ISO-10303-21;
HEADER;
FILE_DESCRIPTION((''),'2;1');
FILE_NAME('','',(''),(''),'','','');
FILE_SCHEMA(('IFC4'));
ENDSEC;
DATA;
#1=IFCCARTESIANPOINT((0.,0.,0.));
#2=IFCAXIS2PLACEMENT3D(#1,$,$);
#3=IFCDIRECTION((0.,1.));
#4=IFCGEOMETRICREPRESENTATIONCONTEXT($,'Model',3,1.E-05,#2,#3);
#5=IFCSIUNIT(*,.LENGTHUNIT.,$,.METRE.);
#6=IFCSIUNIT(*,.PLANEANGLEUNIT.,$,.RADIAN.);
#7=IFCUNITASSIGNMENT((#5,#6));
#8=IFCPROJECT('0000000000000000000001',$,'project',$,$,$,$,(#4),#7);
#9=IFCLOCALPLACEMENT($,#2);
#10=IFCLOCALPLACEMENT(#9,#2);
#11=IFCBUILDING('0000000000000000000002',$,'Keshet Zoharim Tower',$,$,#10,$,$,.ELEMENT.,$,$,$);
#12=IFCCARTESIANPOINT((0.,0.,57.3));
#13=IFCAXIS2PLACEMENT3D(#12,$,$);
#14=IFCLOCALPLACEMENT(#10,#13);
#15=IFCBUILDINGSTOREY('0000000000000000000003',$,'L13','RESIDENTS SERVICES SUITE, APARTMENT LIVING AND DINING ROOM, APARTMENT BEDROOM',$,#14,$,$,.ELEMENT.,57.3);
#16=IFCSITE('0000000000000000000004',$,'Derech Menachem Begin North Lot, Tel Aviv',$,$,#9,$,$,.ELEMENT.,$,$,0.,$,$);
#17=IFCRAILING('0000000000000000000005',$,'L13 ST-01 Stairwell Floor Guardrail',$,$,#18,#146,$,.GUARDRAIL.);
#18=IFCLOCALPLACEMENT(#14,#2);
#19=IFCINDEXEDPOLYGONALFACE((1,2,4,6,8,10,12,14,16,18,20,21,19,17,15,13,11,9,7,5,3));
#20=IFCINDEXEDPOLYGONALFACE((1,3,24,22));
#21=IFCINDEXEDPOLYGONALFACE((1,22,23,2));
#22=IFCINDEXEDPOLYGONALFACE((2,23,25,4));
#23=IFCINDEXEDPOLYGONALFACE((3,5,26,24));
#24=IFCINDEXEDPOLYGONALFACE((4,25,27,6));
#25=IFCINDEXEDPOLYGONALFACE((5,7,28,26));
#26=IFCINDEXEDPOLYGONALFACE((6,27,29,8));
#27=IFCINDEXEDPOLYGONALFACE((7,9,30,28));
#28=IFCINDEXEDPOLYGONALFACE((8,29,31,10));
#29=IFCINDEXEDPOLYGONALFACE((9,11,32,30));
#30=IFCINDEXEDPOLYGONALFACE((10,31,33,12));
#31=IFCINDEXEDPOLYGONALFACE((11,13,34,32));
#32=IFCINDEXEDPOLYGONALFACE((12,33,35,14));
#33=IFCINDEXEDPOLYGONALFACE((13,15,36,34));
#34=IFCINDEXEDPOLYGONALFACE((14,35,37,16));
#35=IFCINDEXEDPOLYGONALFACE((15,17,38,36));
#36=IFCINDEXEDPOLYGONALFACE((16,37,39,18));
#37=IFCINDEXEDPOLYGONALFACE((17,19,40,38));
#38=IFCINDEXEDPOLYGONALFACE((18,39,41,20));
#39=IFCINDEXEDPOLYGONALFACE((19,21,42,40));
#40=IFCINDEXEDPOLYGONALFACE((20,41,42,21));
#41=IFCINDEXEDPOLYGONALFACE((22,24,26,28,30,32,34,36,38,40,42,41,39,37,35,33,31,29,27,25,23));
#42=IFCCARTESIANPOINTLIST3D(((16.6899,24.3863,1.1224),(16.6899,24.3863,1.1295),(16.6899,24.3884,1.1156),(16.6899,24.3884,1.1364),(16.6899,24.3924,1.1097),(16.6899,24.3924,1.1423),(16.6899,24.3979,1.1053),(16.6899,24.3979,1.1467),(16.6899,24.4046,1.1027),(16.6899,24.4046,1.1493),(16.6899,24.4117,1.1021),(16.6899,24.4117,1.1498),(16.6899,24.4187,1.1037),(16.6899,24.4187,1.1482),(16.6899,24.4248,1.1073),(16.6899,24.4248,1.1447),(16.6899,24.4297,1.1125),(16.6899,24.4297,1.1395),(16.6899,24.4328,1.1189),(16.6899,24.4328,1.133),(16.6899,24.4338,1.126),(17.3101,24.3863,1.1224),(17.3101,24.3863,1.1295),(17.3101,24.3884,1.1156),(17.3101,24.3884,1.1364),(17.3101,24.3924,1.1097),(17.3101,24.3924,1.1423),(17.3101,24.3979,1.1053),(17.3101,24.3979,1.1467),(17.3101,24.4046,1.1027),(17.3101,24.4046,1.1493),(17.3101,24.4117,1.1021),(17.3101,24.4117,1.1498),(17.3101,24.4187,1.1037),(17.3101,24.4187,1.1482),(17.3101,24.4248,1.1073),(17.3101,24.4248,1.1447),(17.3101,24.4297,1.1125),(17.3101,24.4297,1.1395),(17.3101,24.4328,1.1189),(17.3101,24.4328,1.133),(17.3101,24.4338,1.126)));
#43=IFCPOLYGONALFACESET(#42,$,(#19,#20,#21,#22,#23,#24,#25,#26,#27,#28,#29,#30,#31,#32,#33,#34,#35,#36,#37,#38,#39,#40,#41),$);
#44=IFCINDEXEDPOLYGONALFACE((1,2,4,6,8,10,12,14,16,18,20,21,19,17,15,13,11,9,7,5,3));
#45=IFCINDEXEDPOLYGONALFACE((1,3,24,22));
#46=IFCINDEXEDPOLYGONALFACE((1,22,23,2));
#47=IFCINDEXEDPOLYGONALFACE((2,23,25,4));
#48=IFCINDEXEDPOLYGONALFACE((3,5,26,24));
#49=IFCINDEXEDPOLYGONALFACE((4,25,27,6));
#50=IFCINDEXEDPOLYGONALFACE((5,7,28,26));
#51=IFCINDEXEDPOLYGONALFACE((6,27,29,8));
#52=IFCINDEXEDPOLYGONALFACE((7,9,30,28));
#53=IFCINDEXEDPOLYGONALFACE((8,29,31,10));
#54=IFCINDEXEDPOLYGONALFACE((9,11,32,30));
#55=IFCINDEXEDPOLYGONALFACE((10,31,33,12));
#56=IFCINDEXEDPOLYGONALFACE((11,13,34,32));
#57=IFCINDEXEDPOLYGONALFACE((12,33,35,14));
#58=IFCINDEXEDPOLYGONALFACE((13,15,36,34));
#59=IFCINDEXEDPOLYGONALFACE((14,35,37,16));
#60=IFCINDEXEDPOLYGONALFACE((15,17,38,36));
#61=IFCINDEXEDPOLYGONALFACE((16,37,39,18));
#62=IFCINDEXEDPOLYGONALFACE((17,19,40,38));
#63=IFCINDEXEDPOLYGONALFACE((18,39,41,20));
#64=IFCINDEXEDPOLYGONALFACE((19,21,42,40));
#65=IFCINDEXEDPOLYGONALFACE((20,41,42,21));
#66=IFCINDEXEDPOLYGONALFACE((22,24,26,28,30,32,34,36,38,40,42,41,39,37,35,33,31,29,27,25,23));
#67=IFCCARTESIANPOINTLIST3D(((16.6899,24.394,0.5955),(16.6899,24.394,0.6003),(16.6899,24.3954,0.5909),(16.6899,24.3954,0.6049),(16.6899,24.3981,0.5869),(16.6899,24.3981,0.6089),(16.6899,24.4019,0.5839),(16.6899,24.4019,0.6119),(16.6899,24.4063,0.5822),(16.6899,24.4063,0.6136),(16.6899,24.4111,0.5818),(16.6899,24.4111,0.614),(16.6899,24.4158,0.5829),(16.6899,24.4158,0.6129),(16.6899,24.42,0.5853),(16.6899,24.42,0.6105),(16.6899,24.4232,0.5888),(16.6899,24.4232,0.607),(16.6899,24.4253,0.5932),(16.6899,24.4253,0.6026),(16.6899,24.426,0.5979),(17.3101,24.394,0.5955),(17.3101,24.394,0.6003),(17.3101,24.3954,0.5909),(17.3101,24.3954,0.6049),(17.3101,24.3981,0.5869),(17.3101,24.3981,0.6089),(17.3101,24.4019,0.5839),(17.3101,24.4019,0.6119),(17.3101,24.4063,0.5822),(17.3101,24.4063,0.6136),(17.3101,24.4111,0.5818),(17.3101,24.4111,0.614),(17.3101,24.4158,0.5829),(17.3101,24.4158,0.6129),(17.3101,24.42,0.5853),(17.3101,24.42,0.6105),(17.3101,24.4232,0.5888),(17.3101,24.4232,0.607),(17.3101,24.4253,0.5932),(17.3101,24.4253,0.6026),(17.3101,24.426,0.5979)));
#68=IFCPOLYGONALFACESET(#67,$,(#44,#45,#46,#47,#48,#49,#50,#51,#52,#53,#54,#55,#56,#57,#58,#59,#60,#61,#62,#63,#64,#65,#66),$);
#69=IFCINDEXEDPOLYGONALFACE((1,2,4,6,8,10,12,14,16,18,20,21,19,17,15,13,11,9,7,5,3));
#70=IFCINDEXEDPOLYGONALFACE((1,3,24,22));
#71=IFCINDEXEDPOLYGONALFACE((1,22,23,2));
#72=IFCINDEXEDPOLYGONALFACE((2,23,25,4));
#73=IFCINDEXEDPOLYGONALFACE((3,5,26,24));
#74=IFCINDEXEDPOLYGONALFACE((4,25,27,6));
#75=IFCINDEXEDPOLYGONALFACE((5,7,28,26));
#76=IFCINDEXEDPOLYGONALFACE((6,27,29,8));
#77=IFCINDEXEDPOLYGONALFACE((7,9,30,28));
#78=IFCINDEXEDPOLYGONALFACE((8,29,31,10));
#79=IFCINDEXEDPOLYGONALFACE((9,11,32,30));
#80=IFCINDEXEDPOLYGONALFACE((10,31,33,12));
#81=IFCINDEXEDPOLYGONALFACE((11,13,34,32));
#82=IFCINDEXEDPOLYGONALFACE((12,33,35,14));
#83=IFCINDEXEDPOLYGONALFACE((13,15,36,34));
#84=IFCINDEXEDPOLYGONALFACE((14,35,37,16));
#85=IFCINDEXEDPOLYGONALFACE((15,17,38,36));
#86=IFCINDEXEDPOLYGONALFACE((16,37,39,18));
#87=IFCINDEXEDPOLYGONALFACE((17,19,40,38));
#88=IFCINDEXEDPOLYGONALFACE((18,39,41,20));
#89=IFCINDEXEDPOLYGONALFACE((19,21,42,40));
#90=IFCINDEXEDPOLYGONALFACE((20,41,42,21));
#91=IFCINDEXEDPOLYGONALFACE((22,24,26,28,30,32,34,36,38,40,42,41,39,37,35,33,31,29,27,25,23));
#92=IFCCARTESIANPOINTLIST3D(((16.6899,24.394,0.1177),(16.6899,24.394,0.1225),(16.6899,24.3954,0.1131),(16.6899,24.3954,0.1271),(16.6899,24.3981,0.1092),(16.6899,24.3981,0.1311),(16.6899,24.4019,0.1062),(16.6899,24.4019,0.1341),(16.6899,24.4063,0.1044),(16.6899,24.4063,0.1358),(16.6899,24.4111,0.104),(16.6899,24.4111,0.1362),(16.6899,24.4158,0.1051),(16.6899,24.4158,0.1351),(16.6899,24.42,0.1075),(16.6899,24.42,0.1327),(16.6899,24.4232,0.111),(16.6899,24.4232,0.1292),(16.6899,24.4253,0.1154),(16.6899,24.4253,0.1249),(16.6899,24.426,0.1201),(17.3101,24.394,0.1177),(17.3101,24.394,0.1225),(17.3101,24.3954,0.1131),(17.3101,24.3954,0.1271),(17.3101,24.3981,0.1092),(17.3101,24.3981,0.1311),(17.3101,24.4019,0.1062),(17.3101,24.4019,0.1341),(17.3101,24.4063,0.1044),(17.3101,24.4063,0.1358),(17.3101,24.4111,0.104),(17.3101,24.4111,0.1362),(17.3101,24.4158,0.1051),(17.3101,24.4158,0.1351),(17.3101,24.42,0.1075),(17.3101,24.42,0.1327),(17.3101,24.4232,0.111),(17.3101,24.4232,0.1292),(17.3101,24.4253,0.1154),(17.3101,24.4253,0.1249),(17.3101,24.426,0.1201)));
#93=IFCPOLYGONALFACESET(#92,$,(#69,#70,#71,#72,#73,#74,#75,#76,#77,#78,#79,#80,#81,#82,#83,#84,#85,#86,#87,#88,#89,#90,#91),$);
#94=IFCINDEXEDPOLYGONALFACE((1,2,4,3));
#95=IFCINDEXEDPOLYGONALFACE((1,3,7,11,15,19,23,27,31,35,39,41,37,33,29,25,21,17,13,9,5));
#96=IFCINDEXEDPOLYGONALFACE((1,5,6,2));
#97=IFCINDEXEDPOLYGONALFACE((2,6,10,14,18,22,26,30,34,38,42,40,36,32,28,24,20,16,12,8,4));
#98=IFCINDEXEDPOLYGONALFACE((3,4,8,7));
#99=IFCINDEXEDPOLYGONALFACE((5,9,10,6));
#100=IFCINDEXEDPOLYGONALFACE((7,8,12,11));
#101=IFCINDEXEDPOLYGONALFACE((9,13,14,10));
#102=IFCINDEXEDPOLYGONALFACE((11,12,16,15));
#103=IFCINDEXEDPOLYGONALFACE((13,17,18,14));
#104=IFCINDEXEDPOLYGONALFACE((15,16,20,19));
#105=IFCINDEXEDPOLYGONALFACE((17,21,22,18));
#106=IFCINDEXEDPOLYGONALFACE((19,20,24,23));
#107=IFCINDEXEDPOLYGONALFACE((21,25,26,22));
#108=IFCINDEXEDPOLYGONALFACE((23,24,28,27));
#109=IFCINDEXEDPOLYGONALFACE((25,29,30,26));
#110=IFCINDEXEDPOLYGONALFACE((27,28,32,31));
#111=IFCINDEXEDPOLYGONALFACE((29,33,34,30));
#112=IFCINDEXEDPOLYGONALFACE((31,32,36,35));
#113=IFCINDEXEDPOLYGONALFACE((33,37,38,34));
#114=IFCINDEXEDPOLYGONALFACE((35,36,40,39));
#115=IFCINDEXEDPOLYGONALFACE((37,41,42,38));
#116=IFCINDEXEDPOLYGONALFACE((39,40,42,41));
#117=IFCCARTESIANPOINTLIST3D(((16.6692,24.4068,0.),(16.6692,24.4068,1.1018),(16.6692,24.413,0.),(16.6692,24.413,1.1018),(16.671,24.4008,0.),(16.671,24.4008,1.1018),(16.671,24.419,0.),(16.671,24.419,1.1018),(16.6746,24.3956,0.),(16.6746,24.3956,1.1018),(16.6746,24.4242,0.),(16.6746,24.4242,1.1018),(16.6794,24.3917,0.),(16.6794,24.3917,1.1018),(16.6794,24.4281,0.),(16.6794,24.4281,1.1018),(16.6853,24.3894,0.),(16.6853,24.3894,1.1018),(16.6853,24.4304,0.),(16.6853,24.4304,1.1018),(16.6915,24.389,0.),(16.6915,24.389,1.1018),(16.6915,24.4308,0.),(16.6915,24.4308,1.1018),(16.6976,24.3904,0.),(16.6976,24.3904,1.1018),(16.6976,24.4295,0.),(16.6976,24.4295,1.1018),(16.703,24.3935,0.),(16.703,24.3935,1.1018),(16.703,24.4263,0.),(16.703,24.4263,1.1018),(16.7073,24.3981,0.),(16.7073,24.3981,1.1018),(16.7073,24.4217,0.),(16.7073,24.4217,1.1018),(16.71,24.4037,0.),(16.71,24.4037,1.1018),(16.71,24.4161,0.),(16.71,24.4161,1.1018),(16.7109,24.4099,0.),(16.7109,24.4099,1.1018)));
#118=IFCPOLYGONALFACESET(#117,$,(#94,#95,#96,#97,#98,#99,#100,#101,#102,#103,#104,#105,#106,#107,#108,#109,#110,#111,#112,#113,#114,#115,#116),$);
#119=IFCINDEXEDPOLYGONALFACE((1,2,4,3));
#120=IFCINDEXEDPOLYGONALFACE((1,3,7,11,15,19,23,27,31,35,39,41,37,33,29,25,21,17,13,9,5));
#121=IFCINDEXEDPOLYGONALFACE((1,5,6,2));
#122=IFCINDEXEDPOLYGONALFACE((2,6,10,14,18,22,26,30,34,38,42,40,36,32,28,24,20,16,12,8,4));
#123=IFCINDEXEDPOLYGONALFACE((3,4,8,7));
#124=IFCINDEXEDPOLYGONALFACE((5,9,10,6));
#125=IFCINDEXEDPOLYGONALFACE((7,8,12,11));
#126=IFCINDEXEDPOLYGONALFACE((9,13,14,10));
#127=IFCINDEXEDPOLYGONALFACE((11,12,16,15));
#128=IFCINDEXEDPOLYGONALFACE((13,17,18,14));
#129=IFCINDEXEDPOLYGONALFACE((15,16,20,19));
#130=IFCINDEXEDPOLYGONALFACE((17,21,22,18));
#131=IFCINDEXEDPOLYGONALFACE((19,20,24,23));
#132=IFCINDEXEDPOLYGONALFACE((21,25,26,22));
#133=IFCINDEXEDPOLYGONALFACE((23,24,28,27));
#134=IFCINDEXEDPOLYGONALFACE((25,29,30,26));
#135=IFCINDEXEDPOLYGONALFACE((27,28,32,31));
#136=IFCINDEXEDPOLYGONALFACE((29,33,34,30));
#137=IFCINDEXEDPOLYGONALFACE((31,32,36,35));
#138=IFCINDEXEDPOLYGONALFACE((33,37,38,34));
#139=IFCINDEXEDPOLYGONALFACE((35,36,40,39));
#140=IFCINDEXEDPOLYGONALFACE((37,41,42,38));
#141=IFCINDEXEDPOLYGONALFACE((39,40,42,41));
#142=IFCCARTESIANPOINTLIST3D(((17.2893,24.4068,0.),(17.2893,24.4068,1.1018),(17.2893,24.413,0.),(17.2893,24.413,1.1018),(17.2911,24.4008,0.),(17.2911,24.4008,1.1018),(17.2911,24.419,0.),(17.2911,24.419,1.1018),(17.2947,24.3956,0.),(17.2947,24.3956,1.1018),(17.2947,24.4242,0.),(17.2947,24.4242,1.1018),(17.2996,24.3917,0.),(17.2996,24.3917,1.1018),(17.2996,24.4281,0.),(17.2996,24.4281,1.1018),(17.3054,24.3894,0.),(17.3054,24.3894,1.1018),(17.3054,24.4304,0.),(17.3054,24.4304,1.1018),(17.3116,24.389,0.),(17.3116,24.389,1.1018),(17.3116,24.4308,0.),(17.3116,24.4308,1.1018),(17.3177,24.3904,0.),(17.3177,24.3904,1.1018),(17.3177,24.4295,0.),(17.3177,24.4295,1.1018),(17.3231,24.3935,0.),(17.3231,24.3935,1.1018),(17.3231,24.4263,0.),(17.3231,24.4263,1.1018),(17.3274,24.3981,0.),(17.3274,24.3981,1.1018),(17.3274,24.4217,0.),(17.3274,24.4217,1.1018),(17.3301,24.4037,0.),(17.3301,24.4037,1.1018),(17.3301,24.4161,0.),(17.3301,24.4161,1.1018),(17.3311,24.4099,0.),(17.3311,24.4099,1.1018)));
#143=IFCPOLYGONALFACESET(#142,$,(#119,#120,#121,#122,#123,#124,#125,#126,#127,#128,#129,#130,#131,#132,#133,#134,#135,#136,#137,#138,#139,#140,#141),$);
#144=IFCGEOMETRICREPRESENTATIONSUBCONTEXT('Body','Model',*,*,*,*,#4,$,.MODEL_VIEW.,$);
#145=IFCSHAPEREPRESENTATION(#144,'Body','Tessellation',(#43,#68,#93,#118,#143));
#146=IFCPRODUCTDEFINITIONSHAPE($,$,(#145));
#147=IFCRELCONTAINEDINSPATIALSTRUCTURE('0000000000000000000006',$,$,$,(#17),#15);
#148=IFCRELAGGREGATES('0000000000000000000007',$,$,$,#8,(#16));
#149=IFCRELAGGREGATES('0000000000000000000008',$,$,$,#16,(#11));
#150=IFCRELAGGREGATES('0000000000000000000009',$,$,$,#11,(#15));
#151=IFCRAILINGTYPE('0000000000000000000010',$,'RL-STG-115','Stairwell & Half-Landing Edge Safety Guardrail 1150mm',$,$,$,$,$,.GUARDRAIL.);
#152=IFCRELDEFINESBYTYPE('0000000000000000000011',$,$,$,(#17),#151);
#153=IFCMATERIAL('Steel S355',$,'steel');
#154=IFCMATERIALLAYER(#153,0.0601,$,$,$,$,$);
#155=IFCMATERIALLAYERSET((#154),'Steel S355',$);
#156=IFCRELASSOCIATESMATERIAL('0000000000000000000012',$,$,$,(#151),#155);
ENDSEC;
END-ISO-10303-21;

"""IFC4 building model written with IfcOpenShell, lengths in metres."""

from ifc_helpers import new_model, si_unit, direction, frame, origin, origin_2d, place, context, subcontext, project, spatial, circle, extrude, material, layer, layer_set, type_object, element, save


model = new_model("IFC4")

# Units and contexts
model_context = context("Model", 3, precision=1e-05, world=origin(), true_north=direction((0.0, 1.0)))
body_context = subcontext(model_context, "Body", "Model", "MODEL_VIEW")
ifc_project = project(units=[si_unit("LENGTHUNIT", "METRE"), si_unit("PLANEANGLEUNIT", "RADIAN")], contexts=[model_context])

# Site, building, storey
site_placement = place(None, origin())
site = spatial("IfcSite", under=ifc_project, at=site_placement, Name="Derech Menachem Begin North Lot, Tel Aviv", CompositionType="ELEMENT", RefElevation=0.0)
building_placement = place(site_placement, origin())
building = spatial("IfcBuilding", under=site, at=building_placement, Name="Keshet Zoharim Tower", CompositionType="ELEMENT")
storey_placement = place(building_placement, frame((0.0, 0.0, 57.3)))
storey = spatial("IfcBuildingStorey", under=building, at=storey_placement, Name="L13", Description="RESIDENTS SERVICES SUITE, APARTMENT LIVING AND DINING ROOM, APARTMENT BEDROOM", CompositionType="ELEMENT", Elevation=57.3)

# Shared definitions
ifc_material_1 = material(Name="Steel S355", Category="steel")

# Railing
ifc_layer_1 = layer(ifc_material_1, 0.0601)
ifc_layer_set_1 = layer_set([ifc_layer_1], Name="Steel S355")
railing_type_1 = type_object("IfcRailingType", Name="RL-STG-115", Description="Stairwell & Half-Landing Edge Safety Guardrail 1150mm", PredefinedType="GUARDRAIL", material=ifc_layer_set_1)
railing_1_placement = place(storey_placement, frame((16.6899, 24.4099, 0.0)))
element("IfcRailing", 1, at=railing_1_placement, inside=storey, type_object=railing_type_1, Name="L13 ST-01 Stairwell Floor Guardrail", PredefinedType="GUARDRAIL", context=body_context, shape_type="SweptSolid", body=[
    extrude(circle(Radius=0.0239, at=origin_2d()), frame((0.0, 0.0, 1.126), z_axis=(1.0, 0.0, 0.0), x_axis=(0.0, 1.0, 0.0)), (0.0, 0.0, 1.0), 0.6201),
    extrude(circle(Radius=0.0161, at=origin_2d()), frame((0.0, 0.0, 0.5979), z_axis=(1.0, 0.0, 0.0), x_axis=(0.0, 1.0, 0.0)), (0.0, 0.0, 1.0), 0.6201),
    extrude(circle(Radius=0.0161, at=origin_2d()), frame((0.0, 0.0, 0.1201), z_axis=(1.0, 0.0, 0.0), x_axis=(0.0, 1.0, 0.0)), (0.0, 0.0, 1.0), 0.6201),
    extrude(circle(Radius=0.021, at=origin_2d()), origin(), (0.0, 0.0, 1.0), 1.1018),
    extrude(circle(Radius=0.021, at=origin_2d()), frame((0.6201, 0.0, 0.0)), (0.0, 0.0, 1.0), 1.1018),
])

save(model, "model.ifc")
